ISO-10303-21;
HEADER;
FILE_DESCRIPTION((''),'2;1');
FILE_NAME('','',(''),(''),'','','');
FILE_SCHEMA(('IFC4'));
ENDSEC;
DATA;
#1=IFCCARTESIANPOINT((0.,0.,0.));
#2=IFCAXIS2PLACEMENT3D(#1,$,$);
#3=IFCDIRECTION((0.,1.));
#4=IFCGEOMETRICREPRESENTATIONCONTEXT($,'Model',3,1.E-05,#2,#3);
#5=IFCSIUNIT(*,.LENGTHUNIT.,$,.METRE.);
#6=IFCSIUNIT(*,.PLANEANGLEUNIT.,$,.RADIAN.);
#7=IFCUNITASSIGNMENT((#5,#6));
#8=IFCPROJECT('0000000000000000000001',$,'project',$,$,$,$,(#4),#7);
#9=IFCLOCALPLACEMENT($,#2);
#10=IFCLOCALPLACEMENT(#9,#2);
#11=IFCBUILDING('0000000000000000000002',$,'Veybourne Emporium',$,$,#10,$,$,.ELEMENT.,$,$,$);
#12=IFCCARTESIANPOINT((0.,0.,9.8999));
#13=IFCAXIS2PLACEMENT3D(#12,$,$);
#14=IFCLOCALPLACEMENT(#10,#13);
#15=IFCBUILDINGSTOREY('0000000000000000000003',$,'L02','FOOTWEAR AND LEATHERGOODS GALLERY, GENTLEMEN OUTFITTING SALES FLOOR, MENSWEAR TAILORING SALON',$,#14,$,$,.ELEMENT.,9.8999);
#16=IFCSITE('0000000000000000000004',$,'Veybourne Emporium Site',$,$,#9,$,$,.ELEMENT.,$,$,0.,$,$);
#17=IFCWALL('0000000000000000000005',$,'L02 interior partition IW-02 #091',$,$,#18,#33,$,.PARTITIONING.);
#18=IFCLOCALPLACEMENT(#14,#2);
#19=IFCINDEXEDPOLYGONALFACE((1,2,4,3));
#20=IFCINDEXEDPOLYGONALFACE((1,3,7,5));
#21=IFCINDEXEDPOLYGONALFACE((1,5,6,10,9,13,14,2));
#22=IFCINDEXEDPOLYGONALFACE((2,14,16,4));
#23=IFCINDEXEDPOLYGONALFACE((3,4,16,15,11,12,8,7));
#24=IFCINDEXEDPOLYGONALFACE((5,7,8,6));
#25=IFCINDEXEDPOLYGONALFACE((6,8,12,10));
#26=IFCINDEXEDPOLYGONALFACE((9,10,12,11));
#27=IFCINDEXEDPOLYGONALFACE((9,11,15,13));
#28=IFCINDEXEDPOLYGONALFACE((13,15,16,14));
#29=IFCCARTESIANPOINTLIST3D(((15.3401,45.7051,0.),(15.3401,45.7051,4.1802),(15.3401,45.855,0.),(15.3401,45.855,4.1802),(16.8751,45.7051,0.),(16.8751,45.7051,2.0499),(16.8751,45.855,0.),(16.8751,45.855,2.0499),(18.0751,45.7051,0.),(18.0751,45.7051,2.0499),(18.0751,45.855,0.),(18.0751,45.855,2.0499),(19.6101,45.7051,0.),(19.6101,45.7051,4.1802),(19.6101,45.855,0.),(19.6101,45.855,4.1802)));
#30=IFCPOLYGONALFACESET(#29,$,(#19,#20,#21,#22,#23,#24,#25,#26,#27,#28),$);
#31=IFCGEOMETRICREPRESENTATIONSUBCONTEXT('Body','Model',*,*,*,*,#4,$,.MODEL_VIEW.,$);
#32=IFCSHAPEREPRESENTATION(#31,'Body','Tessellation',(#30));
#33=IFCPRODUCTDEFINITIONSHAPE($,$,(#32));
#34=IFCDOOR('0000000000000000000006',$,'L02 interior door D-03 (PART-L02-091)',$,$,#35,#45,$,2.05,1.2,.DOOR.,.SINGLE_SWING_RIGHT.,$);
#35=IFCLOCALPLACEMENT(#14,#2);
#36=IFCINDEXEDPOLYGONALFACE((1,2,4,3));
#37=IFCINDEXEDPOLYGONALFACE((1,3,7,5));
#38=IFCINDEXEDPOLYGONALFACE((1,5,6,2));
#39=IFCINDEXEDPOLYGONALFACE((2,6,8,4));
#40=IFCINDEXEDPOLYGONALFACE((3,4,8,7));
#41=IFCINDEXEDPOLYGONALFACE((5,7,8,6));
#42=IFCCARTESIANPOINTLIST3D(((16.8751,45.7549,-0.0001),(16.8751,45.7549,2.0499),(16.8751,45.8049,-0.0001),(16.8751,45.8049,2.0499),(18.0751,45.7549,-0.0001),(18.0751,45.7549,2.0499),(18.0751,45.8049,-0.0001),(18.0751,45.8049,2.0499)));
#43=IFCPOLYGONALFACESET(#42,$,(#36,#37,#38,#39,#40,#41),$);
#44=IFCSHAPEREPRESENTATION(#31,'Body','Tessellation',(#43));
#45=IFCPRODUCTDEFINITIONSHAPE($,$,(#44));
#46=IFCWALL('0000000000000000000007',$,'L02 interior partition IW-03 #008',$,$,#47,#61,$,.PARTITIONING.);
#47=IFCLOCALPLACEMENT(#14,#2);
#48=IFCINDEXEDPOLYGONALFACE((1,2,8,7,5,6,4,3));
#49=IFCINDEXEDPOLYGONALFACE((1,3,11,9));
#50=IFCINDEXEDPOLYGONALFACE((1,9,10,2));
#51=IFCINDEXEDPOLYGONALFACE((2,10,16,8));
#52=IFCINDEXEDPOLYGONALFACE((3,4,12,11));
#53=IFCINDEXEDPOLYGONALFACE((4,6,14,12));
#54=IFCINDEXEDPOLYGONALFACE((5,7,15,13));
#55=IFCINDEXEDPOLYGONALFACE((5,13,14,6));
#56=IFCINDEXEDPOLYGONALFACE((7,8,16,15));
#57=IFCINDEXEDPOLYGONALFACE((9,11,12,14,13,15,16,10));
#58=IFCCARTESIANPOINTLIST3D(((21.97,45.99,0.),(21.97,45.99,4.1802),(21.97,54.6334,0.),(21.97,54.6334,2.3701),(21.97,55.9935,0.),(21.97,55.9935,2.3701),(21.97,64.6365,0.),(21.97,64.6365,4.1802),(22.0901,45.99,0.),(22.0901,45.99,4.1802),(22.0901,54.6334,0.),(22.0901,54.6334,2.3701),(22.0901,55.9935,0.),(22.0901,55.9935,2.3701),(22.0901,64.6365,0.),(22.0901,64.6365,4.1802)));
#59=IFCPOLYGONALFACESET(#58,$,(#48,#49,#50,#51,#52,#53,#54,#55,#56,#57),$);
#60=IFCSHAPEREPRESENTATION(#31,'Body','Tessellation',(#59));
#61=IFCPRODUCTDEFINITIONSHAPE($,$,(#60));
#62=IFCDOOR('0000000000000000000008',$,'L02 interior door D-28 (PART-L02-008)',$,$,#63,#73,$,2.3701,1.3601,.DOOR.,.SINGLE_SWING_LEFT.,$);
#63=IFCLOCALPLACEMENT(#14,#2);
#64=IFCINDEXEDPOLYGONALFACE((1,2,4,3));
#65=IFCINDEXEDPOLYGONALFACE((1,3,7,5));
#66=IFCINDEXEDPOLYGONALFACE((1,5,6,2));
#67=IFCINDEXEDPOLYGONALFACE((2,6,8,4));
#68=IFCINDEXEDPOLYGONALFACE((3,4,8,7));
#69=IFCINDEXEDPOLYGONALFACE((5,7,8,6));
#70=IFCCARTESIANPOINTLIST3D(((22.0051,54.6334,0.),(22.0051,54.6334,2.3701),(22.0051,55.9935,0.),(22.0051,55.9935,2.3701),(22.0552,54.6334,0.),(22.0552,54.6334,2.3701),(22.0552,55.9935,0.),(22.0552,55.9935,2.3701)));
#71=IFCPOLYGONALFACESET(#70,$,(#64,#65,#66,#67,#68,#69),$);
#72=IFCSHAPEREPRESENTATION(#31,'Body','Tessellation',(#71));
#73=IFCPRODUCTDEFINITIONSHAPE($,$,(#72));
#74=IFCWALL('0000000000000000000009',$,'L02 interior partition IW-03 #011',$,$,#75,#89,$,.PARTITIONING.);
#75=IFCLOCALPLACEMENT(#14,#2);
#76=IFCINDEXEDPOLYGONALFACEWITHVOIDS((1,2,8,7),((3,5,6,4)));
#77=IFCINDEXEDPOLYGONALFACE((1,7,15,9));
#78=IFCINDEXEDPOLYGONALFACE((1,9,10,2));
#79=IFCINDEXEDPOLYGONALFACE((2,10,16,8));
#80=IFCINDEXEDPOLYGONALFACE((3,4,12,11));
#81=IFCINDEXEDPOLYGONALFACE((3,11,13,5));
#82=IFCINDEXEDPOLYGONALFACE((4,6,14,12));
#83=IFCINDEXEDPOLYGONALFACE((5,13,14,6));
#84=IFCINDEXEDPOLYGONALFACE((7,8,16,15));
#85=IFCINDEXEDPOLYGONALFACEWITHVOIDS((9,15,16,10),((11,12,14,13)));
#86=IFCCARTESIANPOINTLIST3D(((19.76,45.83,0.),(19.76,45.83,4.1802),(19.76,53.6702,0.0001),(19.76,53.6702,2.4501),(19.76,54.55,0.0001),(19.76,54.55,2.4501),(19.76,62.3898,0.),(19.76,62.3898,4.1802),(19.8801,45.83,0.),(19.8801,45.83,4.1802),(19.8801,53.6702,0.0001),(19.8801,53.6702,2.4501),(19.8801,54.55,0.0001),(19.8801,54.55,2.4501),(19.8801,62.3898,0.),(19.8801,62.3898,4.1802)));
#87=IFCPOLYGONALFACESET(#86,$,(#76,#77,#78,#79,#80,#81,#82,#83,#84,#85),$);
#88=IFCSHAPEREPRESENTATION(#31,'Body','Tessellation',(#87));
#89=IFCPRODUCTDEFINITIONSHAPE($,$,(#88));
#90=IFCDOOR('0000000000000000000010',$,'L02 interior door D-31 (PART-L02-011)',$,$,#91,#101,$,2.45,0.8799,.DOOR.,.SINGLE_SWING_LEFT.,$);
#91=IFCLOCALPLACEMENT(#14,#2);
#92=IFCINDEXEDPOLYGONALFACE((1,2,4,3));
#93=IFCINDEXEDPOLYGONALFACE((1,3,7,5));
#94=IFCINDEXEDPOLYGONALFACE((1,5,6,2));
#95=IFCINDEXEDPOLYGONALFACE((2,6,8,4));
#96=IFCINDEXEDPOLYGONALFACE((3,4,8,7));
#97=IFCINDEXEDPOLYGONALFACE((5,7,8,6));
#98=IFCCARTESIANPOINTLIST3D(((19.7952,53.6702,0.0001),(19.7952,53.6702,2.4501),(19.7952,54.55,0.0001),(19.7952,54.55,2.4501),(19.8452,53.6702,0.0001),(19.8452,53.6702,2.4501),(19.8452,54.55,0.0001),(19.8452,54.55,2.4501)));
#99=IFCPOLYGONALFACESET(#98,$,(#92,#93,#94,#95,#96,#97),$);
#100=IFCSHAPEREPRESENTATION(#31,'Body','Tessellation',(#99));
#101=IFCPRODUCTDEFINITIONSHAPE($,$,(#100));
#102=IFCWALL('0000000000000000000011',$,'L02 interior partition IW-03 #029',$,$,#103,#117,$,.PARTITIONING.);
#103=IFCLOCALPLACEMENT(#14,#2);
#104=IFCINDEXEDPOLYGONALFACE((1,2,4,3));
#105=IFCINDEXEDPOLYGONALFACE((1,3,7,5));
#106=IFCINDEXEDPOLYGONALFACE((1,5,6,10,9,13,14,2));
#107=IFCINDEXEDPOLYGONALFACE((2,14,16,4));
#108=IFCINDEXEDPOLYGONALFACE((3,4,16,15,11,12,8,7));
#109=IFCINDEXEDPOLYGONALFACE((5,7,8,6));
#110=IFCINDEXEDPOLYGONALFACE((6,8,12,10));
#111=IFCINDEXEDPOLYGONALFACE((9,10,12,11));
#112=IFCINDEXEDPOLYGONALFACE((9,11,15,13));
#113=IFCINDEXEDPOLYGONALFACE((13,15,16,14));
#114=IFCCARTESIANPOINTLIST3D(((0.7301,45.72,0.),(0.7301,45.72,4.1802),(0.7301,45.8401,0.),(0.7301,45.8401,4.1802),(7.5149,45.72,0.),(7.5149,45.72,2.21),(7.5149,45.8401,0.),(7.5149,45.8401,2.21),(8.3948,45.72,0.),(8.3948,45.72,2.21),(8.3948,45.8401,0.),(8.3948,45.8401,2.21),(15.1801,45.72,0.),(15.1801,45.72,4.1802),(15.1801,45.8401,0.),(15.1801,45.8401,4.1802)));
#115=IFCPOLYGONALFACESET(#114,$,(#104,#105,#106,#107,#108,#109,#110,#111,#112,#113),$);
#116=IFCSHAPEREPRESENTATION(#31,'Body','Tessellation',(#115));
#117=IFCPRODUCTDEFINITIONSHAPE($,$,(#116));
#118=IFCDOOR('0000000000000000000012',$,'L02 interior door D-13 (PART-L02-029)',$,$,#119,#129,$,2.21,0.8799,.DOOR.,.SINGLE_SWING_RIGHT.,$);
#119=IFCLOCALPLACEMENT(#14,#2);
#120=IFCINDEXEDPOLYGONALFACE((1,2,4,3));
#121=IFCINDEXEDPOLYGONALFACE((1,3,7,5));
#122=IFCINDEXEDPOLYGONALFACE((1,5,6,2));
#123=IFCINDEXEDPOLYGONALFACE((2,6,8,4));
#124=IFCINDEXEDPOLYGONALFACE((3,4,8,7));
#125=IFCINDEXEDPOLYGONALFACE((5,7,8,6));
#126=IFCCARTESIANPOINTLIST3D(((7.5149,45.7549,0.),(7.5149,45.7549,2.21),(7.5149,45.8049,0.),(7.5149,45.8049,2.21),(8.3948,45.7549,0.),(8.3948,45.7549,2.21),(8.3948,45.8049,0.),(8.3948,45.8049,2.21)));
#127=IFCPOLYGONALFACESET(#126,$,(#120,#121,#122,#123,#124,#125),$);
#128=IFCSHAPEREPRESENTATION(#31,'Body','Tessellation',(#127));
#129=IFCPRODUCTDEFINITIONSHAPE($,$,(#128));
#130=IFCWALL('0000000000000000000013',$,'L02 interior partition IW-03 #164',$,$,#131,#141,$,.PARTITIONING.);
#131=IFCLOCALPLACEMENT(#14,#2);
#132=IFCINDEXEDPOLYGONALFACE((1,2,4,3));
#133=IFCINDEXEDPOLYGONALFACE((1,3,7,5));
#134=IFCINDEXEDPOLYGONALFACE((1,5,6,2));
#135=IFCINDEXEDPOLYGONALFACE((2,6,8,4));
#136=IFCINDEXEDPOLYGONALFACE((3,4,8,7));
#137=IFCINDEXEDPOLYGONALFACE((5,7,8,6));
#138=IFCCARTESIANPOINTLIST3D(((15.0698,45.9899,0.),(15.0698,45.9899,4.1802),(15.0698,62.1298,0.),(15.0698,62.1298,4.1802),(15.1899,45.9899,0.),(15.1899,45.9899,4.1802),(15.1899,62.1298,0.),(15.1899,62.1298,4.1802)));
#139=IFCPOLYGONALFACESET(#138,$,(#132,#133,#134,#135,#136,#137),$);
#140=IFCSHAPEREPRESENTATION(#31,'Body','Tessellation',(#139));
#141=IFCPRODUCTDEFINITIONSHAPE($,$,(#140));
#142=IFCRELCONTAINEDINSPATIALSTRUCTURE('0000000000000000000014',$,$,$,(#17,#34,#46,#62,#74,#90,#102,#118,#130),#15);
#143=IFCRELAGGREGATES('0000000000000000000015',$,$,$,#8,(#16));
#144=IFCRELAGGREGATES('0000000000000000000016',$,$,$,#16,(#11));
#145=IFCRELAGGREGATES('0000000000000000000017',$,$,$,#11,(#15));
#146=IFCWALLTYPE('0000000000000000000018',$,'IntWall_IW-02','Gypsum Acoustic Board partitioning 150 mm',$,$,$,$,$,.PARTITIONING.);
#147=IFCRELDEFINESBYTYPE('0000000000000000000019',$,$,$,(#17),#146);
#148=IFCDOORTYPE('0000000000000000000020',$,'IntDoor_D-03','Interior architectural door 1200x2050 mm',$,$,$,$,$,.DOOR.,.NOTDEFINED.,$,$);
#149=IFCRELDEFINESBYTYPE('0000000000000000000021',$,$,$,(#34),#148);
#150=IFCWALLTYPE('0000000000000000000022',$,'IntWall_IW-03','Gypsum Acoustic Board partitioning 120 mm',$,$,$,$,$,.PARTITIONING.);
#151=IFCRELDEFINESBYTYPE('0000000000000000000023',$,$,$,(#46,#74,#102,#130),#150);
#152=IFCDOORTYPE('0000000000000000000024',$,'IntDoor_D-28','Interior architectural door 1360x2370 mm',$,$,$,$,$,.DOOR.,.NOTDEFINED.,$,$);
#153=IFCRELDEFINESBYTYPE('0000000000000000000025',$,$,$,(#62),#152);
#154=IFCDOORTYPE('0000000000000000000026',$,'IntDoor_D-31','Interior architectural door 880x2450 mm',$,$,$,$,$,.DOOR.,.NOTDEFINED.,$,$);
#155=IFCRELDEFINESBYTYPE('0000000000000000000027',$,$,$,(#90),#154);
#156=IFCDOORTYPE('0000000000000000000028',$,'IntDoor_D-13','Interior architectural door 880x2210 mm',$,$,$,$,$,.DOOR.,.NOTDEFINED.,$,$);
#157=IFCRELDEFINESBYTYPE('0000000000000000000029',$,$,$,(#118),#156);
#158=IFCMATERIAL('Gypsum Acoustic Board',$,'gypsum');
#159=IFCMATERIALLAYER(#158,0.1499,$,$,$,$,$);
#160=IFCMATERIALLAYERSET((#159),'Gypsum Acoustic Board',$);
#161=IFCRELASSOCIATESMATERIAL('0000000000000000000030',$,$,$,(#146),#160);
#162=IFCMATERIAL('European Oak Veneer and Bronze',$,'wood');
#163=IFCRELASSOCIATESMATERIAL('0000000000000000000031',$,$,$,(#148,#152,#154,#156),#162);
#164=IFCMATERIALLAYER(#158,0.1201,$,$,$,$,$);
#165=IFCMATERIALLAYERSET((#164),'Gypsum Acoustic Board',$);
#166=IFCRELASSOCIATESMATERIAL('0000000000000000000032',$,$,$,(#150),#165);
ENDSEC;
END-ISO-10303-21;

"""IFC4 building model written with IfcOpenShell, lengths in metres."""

from ifc_helpers import new_model, si_unit, direction, frame, frame_2d, origin, place, context, subcontext, project, spatial, rectangle, extrude, material, layer, layer_set, type_object, element, fill, save


model = new_model("IFC4")

# Units and contexts
model_context = context("Model", 3, precision=1e-05, world=origin(), true_north=direction((0.0, 1.0)))
body_context = subcontext(model_context, "Body", "Model", "MODEL_VIEW")
ifc_project = project(units=[si_unit("LENGTHUNIT", "METRE"), si_unit("PLANEANGLEUNIT", "RADIAN")], contexts=[model_context])

# Site, building, storey
site_placement = place(None, origin())
site = spatial("IfcSite", under=ifc_project, at=site_placement, Name="Veybourne Emporium Site", CompositionType="ELEMENT", RefElevation=0.0)
building_placement = place(site_placement, origin())
building = spatial("IfcBuilding", under=site, at=building_placement, Name="Veybourne Emporium", CompositionType="ELEMENT")
storey_placement = place(building_placement, frame((0.0, 0.0, 9.8999)))
storey = spatial("IfcBuildingStorey", under=building, at=storey_placement, Name="L02", Description="FOOTWEAR AND LEATHERGOODS GALLERY, GENTLEMEN OUTFITTING SALES FLOOR, MENSWEAR TAILORING SALON", CompositionType="ELEMENT", Elevation=9.8999)

# Walls, openings, doors
ifc_material_1 = material(Name="Gypsum Acoustic Board", Category="gypsum")
ifc_material_2 = material(Name="European Oak Veneer and Bronze", Category="wood")
ifc_layer_1 = layer(ifc_material_1, 0.1499)
ifc_layer_set_1 = layer_set([ifc_layer_1], Name="Gypsum Acoustic Board")
wall_type_1 = type_object("IfcWallType", Name="IntWall_IW-02", Description="Gypsum Acoustic Board partitioning 150 mm", PredefinedType="PARTITIONING", material=ifc_layer_set_1)
wall_1_placement = place(storey_placement, frame((15.3401, 45.78, 0.0), z_axis=(0.0, 0.0, 1.0), x_axis=(1.0, 0.0, 0.0)))
wall_1 = element("IfcWall", 1, at=wall_1_placement, inside=storey, type_object=wall_type_1, Name="L02 interior partition IW-02 #091", PredefinedType="PARTITIONING", context=body_context, shape_type="SweptSolid", body=[
    extrude(rectangle(XDim=4.27, YDim=0.1499, at=frame_2d((2.135, 0.0))), origin(), (0.0, 0.0, 1.0), 4.1802),
])
opening_1_placement = place(wall_1_placement, frame((1.5349, 0.0, 0.0)))
opening_1 = element("IfcOpeningElement", 2, at=opening_1_placement, cuts=wall_1, PredefinedType="OPENING", context=body_context, shape_type="SweptSolid", body=[
    extrude(rectangle(XDim=1.2, YDim=2.05, at=frame_2d((0.6001, 1.0249))), frame((0.0, 0.095, 0.0), z_axis=(0.0, -1.0, 0.0), x_axis=(1.0, 0.0, 0.0)), (0.0, 0.0, 1.0), 0.1899),
])
door_type_1 = type_object("IfcDoorType", Name="IntDoor_D-03", Description="Interior architectural door 1200x2050 mm", OperationType="NOTDEFINED", PredefinedType="DOOR", material=ifc_material_2)
door_1_placement = place(opening_1_placement, origin())
door_1 = element("IfcDoor", 3, at=door_1_placement, inside=storey, type_object=door_type_1, Name="L02 interior door D-03 (PART-L02-091)", OperationType="SINGLE_SWING_RIGHT", OverallHeight=2.05, OverallWidth=1.2, PredefinedType="DOOR", context=body_context, shape_type="SweptSolid", body=[
    extrude(rectangle(XDim=1.2, YDim=2.05, at=frame_2d((0.6001, 1.0249))), frame((0.0, 0.0249, 0.0), z_axis=(0.0, -1.0, 0.0), x_axis=(1.0, 0.0, 0.0)), (0.0, 0.0, 1.0), 0.05),
])
fill(opening_1, door_1)
ifc_layer_2 = layer(ifc_material_1, 0.1201)
ifc_layer_set_2 = layer_set([ifc_layer_2], Name="Gypsum Acoustic Board")
wall_type_2 = type_object("IfcWallType", Name="IntWall_IW-03", Description="Gypsum Acoustic Board partitioning 120 mm", PredefinedType="PARTITIONING", material=ifc_layer_set_2)
wall_2_placement = place(storey_placement, frame((22.03, 45.99, 0.0), z_axis=(0.0, 0.0, 1.0), x_axis=(0.0, 1.0, 0.0)))
wall_2 = element("IfcWall", 4, at=wall_2_placement, inside=storey, type_object=wall_type_2, Name="L02 interior partition IW-03 #008", PredefinedType="PARTITIONING", context=body_context, shape_type="SweptSolid", body=[
    extrude(rectangle(XDim=18.6465, YDim=0.1201, at=frame_2d((9.3232, 0.0))), origin(), (0.0, 0.0, 1.0), 4.1802),
])
opening_2_placement = place(wall_2_placement, frame((8.6433, 0.0, 0.0)))
opening_2 = element("IfcOpeningElement", 5, at=opening_2_placement, cuts=wall_2, PredefinedType="OPENING", context=body_context, shape_type="SweptSolid", body=[
    extrude(rectangle(XDim=1.3601, YDim=2.3701, at=frame_2d((0.6802, 1.1851))), frame((0.0, 0.0801, 0.0), z_axis=(0.0, -1.0, 0.0), x_axis=(1.0, 0.0, 0.0)), (0.0, 0.0, 1.0), 0.1602),
])
door_type_2 = type_object("IfcDoorType", Name="IntDoor_D-28", Description="Interior architectural door 1360x2370 mm", OperationType="NOTDEFINED", PredefinedType="DOOR", material=ifc_material_2)
door_2_placement = place(opening_2_placement, origin())
door_2 = element("IfcDoor", 6, at=door_2_placement, inside=storey, type_object=door_type_2, Name="L02 interior door D-28 (PART-L02-008)", OperationType="SINGLE_SWING_LEFT", OverallHeight=2.3701, OverallWidth=1.3601, PredefinedType="DOOR", context=body_context, shape_type="SweptSolid", body=[
    extrude(rectangle(XDim=1.3601, YDim=2.3701, at=frame_2d((0.6802, 1.1851))), frame((0.0, 0.0249, 0.0), z_axis=(0.0, -1.0, 0.0), x_axis=(1.0, 0.0, 0.0)), (0.0, 0.0, 1.0), 0.05),
])
fill(opening_2, door_2)
wall_3_placement = place(storey_placement, frame((19.8201, 45.8301, 0.0), z_axis=(0.0, 0.0, 1.0), x_axis=(0.0, 1.0, 0.0)))
wall_3 = element("IfcWall", 7, at=wall_3_placement, inside=storey, type_object=wall_type_2, Name="L02 interior partition IW-03 #011", PredefinedType="PARTITIONING", context=body_context, shape_type="SweptSolid", body=[
    extrude(rectangle(XDim=16.5598, YDim=0.1201, at=frame_2d((8.2798, 0.0))), origin(), (0.0, 0.0, 1.0), 4.1802),
])
opening_3_placement = place(wall_3_placement, frame((7.8401, 0.0, 0.0)))
opening_3 = element("IfcOpeningElement", 8, at=opening_3_placement, cuts=wall_3, PredefinedType="OPENING", context=body_context, shape_type="SweptSolid", body=[
    extrude(rectangle(XDim=0.8799, YDim=2.45, at=frame_2d((0.4399, 1.2251))), frame((0.0, 0.0801, 0.0), z_axis=(0.0, -1.0, 0.0), x_axis=(1.0, 0.0, 0.0)), (0.0, 0.0, 1.0), 0.1602),
])
door_type_3 = type_object("IfcDoorType", Name="IntDoor_D-31", Description="Interior architectural door 880x2450 mm", OperationType="NOTDEFINED", PredefinedType="DOOR", material=ifc_material_2)
door_3_placement = place(opening_3_placement, origin())
door_3 = element("IfcDoor", 9, at=door_3_placement, inside=storey, type_object=door_type_3, Name="L02 interior door D-31 (PART-L02-011)", OperationType="SINGLE_SWING_LEFT", OverallHeight=2.45, OverallWidth=0.8799, PredefinedType="DOOR", context=body_context, shape_type="SweptSolid", body=[
    extrude(rectangle(XDim=0.8799, YDim=2.45, at=frame_2d((0.4399, 1.2251))), frame((0.0, 0.0249, 0.0), z_axis=(0.0, -1.0, 0.0), x_axis=(1.0, 0.0, 0.0)), (0.0, 0.0, 1.0), 0.05),
])
fill(opening_3, door_3)
wall_4_placement = place(storey_placement, frame((0.73, 45.78, 0.0), z_axis=(0.0, 0.0, 1.0), x_axis=(1.0, 0.0, 0.0)))
wall_4 = element("IfcWall", 10, at=wall_4_placement, inside=storey, type_object=wall_type_2, Name="L02 interior partition IW-03 #029", PredefinedType="PARTITIONING", context=body_context, shape_type="SweptSolid", body=[
    extrude(rectangle(XDim=14.45, YDim=0.1201, at=frame_2d((7.2251, 0.0))), origin(), (0.0, 0.0, 1.0), 4.1802),
])
opening_4_placement = place(wall_4_placement, frame((6.7849, 0.0, 0.0)))
opening_4 = element("IfcOpeningElement", 11, at=opening_4_placement, cuts=wall_4, PredefinedType="OPENING", context=body_context, shape_type="SweptSolid", body=[
    extrude(rectangle(XDim=0.8799, YDim=2.21, at=frame_2d((0.4399, 1.105))), frame((0.0, 0.0801, 0.0), z_axis=(0.0, -1.0, 0.0), x_axis=(1.0, 0.0, 0.0)), (0.0, 0.0, 1.0), 0.1602),
])
door_type_4 = type_object("IfcDoorType", Name="IntDoor_D-13", Description="Interior architectural door 880x2210 mm", OperationType="NOTDEFINED", PredefinedType="DOOR", material=ifc_material_2)
door_4_placement = place(opening_4_placement, origin())
door_4 = element("IfcDoor", 12, at=door_4_placement, inside=storey, type_object=door_type_4, Name="L02 interior door D-13 (PART-L02-029)", OperationType="SINGLE_SWING_RIGHT", OverallHeight=2.21, OverallWidth=0.8799, PredefinedType="DOOR", context=body_context, shape_type="SweptSolid", body=[
    extrude(rectangle(XDim=0.8799, YDim=2.21, at=frame_2d((0.4399, 1.105))), frame((0.0, 0.0249, 0.0), z_axis=(0.0, -1.0, 0.0), x_axis=(1.0, 0.0, 0.0)), (0.0, 0.0, 1.0), 0.05),
])
fill(opening_4, door_4)

# Wall
wall_5_placement = place(storey_placement, frame((15.1299, 45.99, 0.0), z_axis=(0.0, 0.0, 1.0), x_axis=(0.0, 1.0, 0.0)))
element("IfcWall", 13, at=wall_5_placement, inside=storey, type_object=wall_type_2, Name="L02 interior partition IW-03 #164", PredefinedType="PARTITIONING", context=body_context, shape_type="SweptSolid", body=[
    extrude(rectangle(XDim=16.1399, YDim=0.1201, at=frame_2d((8.0698, 0.0))), origin(), (0.0, 0.0, 1.0), 4.1802),
])

save(model, "model.ifc")
